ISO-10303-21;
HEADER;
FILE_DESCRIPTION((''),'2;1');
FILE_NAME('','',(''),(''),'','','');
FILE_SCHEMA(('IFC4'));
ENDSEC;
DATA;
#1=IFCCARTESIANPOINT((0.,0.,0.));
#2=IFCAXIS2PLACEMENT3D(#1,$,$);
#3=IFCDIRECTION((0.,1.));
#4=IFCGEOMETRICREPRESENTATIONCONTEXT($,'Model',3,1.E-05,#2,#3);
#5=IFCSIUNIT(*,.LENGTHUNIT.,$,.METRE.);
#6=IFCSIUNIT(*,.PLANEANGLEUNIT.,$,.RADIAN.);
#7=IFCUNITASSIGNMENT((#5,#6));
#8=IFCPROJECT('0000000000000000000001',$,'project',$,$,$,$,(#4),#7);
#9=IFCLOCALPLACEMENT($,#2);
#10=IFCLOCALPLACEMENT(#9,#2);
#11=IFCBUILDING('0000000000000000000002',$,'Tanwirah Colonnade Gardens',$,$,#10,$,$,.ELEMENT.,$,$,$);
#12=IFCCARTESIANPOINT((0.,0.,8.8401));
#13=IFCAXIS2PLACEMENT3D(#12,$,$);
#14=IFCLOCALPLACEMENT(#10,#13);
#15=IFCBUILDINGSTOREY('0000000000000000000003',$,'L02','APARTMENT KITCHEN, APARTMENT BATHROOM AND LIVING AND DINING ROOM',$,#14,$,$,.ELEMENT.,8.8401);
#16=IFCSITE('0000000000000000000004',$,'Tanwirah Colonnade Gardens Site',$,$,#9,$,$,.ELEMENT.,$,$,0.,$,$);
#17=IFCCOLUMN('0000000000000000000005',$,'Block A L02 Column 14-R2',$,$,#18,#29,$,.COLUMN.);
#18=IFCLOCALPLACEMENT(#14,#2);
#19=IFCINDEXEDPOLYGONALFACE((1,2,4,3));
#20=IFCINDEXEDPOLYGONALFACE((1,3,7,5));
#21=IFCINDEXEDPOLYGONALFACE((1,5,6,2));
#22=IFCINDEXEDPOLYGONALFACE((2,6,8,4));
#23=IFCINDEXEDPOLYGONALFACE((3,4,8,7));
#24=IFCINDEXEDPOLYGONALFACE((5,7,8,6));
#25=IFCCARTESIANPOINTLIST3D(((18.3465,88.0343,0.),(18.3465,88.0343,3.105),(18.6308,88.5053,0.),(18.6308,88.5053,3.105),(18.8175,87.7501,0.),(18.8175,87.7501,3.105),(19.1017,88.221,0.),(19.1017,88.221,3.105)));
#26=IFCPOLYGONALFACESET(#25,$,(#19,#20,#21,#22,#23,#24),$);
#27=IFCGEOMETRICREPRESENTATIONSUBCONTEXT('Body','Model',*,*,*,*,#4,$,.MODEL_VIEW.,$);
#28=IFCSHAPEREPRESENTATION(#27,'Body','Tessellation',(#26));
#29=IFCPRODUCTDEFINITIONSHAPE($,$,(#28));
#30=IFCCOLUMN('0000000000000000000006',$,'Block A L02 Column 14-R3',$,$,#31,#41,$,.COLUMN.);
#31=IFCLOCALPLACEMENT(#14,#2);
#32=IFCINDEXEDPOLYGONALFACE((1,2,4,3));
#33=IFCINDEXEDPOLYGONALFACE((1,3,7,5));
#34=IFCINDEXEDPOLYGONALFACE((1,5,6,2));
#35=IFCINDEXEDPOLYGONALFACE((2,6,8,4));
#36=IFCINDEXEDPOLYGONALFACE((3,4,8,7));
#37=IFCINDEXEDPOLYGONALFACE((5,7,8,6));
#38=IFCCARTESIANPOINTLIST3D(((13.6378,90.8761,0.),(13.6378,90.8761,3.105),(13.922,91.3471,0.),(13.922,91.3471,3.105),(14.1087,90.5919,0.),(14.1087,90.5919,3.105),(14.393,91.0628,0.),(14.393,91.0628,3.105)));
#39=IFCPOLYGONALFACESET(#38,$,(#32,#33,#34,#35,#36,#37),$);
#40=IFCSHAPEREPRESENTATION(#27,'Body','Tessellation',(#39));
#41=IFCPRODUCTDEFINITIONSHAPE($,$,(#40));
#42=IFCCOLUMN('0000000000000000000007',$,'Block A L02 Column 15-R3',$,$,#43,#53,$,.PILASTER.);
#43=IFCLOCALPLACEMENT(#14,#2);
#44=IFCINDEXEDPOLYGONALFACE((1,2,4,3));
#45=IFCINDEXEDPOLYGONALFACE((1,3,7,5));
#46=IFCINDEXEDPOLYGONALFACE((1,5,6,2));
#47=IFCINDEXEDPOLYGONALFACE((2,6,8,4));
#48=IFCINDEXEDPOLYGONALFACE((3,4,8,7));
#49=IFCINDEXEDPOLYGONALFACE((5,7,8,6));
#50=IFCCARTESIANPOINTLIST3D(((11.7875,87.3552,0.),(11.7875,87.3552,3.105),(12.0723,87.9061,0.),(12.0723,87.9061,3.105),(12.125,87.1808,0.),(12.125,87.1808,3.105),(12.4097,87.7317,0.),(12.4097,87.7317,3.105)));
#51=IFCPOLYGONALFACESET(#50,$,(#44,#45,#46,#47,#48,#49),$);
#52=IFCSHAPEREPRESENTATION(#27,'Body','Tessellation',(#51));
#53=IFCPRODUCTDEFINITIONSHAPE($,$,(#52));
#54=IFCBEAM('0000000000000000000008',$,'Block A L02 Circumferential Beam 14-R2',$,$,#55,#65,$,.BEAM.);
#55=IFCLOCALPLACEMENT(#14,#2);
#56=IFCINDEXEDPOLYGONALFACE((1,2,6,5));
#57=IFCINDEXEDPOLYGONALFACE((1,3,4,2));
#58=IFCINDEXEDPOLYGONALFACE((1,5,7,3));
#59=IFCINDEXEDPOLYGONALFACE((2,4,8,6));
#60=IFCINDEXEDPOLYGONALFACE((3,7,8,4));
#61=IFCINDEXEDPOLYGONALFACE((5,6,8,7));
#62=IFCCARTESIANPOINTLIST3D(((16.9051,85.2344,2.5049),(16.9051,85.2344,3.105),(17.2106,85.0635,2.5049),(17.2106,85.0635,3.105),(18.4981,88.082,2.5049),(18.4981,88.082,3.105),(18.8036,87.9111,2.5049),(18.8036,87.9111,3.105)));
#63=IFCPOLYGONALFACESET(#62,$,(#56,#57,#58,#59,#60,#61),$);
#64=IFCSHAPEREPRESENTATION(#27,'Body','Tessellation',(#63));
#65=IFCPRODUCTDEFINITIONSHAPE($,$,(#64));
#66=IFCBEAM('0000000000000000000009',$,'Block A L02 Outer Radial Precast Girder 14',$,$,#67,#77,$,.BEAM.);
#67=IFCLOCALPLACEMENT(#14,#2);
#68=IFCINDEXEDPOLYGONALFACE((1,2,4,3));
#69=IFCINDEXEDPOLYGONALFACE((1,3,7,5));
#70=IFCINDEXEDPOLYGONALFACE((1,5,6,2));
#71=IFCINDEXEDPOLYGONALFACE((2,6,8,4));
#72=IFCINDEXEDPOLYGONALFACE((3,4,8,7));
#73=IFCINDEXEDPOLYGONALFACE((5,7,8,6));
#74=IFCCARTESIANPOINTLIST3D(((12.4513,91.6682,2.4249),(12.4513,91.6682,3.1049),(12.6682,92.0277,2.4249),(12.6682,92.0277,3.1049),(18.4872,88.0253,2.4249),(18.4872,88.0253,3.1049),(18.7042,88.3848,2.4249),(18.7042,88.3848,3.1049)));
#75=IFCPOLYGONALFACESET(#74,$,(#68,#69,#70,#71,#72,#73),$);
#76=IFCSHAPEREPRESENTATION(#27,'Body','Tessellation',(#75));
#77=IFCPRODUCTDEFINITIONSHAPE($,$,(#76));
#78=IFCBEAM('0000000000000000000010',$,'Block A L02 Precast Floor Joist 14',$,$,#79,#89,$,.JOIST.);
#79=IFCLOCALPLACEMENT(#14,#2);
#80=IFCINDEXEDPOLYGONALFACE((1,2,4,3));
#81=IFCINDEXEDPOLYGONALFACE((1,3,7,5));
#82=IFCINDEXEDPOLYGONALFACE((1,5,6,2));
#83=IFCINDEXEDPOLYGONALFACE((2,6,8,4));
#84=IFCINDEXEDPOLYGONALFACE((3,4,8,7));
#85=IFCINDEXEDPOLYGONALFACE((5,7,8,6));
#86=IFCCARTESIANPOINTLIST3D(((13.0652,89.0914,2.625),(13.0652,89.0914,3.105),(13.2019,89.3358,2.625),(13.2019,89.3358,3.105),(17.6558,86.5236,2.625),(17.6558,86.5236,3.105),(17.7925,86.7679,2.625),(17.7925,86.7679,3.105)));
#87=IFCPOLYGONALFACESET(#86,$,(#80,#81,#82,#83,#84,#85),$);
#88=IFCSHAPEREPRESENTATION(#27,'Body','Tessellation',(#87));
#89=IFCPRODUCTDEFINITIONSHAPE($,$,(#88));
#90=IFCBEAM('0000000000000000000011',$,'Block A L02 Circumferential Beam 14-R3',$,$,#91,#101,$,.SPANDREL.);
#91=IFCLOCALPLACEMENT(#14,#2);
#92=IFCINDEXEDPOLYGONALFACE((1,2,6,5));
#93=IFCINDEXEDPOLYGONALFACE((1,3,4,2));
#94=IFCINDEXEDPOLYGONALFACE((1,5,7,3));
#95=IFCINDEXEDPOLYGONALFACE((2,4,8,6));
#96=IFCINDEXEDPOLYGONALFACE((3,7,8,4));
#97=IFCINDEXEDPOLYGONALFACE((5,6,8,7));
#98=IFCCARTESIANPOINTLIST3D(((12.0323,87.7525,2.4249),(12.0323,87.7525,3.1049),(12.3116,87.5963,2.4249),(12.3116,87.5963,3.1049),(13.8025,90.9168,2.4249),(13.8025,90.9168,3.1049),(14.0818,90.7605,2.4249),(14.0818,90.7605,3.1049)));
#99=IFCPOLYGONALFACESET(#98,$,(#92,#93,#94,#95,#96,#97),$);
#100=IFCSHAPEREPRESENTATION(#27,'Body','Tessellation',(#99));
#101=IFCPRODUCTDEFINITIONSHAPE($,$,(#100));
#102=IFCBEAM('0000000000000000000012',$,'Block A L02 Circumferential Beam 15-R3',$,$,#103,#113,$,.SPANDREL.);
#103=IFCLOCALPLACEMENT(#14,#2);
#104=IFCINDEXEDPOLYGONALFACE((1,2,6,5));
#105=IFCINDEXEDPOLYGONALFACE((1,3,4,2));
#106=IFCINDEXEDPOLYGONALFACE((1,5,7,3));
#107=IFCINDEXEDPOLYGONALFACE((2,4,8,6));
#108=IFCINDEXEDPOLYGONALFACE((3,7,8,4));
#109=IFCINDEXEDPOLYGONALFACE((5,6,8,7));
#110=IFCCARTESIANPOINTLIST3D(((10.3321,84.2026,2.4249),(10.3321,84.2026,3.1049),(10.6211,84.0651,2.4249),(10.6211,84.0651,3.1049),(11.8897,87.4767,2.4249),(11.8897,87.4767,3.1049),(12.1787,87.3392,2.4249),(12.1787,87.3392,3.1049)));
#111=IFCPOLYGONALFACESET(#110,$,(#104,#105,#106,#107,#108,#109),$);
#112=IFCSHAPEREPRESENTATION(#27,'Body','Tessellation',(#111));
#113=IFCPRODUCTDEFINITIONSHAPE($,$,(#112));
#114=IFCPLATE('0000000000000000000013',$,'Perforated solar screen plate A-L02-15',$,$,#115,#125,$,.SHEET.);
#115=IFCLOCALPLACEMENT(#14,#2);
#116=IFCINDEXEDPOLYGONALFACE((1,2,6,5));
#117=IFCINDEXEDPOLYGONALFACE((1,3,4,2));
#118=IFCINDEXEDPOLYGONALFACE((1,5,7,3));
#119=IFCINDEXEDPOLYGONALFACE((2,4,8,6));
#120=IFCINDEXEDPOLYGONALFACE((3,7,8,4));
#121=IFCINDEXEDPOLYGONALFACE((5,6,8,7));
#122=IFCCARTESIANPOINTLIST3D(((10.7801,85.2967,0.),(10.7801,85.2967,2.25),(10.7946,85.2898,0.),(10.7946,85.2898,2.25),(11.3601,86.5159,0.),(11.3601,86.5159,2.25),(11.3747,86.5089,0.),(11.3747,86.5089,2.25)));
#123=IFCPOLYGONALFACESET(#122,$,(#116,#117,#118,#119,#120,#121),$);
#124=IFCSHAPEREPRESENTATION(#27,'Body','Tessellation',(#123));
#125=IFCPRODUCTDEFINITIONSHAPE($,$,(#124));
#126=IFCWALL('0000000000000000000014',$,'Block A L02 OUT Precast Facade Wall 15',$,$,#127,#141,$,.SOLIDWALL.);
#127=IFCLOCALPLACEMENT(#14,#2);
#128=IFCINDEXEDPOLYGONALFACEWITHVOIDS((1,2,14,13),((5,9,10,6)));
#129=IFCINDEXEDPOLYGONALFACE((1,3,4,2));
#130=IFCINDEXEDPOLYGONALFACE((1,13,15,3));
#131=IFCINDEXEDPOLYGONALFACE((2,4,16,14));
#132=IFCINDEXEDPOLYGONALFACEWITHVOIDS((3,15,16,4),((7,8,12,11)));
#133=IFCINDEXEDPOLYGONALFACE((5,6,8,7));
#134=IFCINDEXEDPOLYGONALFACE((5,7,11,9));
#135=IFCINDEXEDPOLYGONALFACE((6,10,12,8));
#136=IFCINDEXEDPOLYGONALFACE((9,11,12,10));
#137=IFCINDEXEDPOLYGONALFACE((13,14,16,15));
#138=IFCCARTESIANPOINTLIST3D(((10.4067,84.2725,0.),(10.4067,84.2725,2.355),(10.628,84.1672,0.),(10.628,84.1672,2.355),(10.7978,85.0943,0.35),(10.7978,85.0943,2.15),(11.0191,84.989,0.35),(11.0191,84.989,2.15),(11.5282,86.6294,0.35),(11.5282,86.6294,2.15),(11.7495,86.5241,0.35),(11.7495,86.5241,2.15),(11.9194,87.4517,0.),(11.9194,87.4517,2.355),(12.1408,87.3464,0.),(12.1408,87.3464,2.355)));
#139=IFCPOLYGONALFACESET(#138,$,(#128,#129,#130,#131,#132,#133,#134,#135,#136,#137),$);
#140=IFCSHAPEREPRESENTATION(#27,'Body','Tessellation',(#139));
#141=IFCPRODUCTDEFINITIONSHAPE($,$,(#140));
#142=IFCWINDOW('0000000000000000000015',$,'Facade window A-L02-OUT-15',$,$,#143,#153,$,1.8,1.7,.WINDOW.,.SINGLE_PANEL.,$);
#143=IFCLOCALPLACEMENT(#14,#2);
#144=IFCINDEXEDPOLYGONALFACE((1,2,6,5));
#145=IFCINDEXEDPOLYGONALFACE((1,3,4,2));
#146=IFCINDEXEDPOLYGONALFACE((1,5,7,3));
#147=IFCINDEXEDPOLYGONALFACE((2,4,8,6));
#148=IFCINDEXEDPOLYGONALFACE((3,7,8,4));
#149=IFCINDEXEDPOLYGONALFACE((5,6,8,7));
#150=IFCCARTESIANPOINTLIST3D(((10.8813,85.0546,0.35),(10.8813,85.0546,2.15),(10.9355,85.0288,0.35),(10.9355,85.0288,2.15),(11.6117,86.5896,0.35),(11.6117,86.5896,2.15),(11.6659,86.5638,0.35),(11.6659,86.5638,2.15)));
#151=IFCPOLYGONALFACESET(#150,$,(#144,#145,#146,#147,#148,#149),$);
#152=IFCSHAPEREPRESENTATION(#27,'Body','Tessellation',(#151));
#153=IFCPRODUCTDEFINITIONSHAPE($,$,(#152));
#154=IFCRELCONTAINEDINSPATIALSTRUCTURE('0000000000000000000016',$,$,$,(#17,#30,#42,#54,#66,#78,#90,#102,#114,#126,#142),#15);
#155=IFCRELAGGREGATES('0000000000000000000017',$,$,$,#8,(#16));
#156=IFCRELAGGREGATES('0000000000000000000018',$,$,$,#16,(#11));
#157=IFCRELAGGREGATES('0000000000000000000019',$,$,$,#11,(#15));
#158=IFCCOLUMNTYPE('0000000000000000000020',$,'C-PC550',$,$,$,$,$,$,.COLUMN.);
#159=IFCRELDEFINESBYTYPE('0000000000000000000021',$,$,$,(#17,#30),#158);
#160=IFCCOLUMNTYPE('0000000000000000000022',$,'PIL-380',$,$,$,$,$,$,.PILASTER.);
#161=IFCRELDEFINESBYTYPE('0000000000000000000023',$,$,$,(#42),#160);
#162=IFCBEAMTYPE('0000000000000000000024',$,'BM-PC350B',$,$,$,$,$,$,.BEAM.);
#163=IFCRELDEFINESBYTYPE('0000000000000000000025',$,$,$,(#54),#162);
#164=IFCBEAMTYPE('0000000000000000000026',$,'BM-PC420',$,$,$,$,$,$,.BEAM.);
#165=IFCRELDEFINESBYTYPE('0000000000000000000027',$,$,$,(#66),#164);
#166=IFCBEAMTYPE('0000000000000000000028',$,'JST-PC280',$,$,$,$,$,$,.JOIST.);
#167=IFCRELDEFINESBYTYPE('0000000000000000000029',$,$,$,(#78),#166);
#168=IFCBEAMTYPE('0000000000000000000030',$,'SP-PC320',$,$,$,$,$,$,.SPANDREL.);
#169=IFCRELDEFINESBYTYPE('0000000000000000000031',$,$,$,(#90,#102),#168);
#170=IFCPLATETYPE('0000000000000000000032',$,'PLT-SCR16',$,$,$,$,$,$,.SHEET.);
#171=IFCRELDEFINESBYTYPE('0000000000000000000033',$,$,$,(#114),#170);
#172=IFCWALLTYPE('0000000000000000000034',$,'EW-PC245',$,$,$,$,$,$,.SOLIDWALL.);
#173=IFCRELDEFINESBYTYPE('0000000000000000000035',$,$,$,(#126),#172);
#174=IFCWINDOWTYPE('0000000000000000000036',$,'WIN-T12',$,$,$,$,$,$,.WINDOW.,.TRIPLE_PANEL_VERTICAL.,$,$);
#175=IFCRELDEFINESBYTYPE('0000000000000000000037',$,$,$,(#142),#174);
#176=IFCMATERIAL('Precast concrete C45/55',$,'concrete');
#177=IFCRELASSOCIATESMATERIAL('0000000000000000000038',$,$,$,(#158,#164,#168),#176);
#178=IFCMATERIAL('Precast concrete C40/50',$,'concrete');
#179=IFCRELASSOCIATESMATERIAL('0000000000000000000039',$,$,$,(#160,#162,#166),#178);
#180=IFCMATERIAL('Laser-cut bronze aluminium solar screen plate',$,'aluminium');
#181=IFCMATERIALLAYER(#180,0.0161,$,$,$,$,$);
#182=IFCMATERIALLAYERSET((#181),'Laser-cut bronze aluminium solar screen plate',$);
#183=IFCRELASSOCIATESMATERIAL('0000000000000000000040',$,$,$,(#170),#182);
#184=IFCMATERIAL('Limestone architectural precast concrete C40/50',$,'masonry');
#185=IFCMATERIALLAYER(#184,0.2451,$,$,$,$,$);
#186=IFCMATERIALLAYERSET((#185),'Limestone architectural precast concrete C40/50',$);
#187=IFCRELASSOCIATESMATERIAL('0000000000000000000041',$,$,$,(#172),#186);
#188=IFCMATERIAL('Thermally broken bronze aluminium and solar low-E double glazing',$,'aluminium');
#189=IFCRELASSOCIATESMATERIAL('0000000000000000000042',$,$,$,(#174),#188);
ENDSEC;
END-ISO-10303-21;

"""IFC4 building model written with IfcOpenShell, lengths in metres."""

from ifc_helpers import new_model, si_unit, direction, frame, frame_2d, origin, origin_2d, place, context, subcontext, project, spatial, rectangle, extrude, material, layer, layer_set, material_profile, profile_set, type_object, element, fill, save


model = new_model("IFC4")

# Units and contexts
model_context = context("Model", 3, precision=1e-05, world=origin(), true_north=direction((0.0, 1.0)))
body_context = subcontext(model_context, "Body", "Model", "MODEL_VIEW")
ifc_project = project(units=[si_unit("LENGTHUNIT", "METRE"), si_unit("PLANEANGLEUNIT", "RADIAN")], contexts=[model_context])

# Site, building, storey
site_placement = place(None, origin())
site = spatial("IfcSite", under=ifc_project, at=site_placement, Name="Tanwirah Colonnade Gardens Site", CompositionType="ELEMENT", RefElevation=0.0)
building_placement = place(site_placement, origin())
building = spatial("IfcBuilding", under=site, at=building_placement, Name="Tanwirah Colonnade Gardens", CompositionType="ELEMENT")
storey_placement = place(building_placement, frame((0.0, 0.0, 8.8401)))
storey = spatial("IfcBuildingStorey", under=building, at=storey_placement, Name="L02", Description="APARTMENT KITCHEN, APARTMENT BATHROOM AND LIVING AND DINING ROOM", CompositionType="ELEMENT", Elevation=8.8401)

# Columns
ifc_material_1 = material(Name="Precast concrete C45/55", Category="concrete")
ifc_material_profile_1 = material_profile(ifc_material_1, rectangle(XDim=0.55, YDim=0.55, at=origin_2d()), Name="PC-COL 550x550")
ifc_profile_set_1 = profile_set([ifc_material_profile_1], Name="Precast concrete C45/55")
column_type_1 = type_object("IfcColumnType", Name="C-PC550", PredefinedType="COLUMN", material=ifc_profile_set_1)
for number, where, z_axis, x_axis, name in (
    (1, (18.7241, 88.1277, 0.0), (0.0, 0.0, 1.0), (-0.856167, 0.516699, 0.0), "Block A L02 Column 14-R2"),
    (2, (14.0154, 90.9695, 0.0), (0.0, 0.0, 1.0), (-0.856167, 0.516699, 0.0), "Block A L02 Column 14-R3"),
):
    element("IfcColumn", number, at=place(storey_placement, frame(where, z_axis=z_axis, x_axis=x_axis)), inside=storey, type_object=column_type_1, Name=name, PredefinedType="COLUMN", context=body_context, shape_type="SweptSolid", body=[
        extrude(rectangle(XDim=0.55, YDim=0.55, at=origin_2d()), origin(), (0.0, 0.0, 1.0), 3.105),
    ])
ifc_material_2 = material(Name="Precast concrete C40/50", Category="concrete")
ifc_material_profile_2 = material_profile(ifc_material_2, rectangle(XDim=0.3799, YDim=0.6201, at=origin_2d()), Name="PC-PIL 380x620")
ifc_profile_set_2 = profile_set([ifc_material_profile_2], Name="Precast concrete C40/50")
column_type_2 = type_object("IfcColumnType", Name="PIL-380", PredefinedType="PILASTER", material=ifc_profile_set_2)
column_placement = place(storey_placement, frame((12.0986, 87.5435, 0.0), z_axis=(0.0, 0.0, 1.0), x_axis=(-0.88835, 0.459166, 0.0)))
element("IfcColumn", 3, at=column_placement, inside=storey, type_object=column_type_2, Name="Block A L02 Column 15-R3", PredefinedType="PILASTER", context=body_context, shape_type="SweptSolid", body=[
    extrude(rectangle(XDim=0.3799, YDim=0.6201, at=origin_2d()), origin(), (0.0, 0.0, 1.0), 3.105),
])

# Beams
ifc_material_profile_3 = material_profile(ifc_material_2, rectangle(XDim=0.3501, YDim=0.6001, at=origin_2d()), Name="PC-BM 350x600")
ifc_profile_set_3 = profile_set([ifc_material_profile_3], Name="Precast concrete C40/50")
beam_type_1 = type_object("IfcBeamType", Name="BM-PC350B", PredefinedType="BEAM", material=ifc_profile_set_3)
beam_1_placement = place(storey_placement, frame((18.6509, 87.9966, 2.8049), z_axis=(-0.488214, -0.872724, 0.0), x_axis=(0.872724, -0.488214, 0.0)))
element("IfcBeam", 4, at=beam_1_placement, inside=storey, type_object=beam_type_1, Name="Block A L02 Circumferential Beam 14-R2", PredefinedType="BEAM", context=body_context, shape_type="SweptSolid", body=[
    extrude(rectangle(XDim=0.3501, YDim=0.6001, at=origin_2d()), origin(), (0.0, 0.0, 1.0), 3.2629),
])
ifc_material_profile_4 = material_profile(ifc_material_1, rectangle(XDim=0.4199, YDim=0.6799, at=origin_2d()), Name="PC-BM 420x680")
ifc_profile_set_4 = profile_set([ifc_material_profile_4], Name="Precast concrete C45/55")
beam_type_2 = type_object("IfcBeamType", Name="BM-PC420", PredefinedType="BEAM", material=ifc_profile_set_4)
beam_2_placement = place(storey_placement, frame((18.5957, 88.2051, 2.7649), z_axis=(-0.856158, 0.516714, 0.0), x_axis=(-0.516714, -0.856158, 0.0)))
element("IfcBeam", 5, at=beam_2_placement, inside=storey, type_object=beam_type_2, Name="Block A L02 Outer Radial Precast Girder 14", PredefinedType="BEAM", context=body_context, shape_type="SweptSolid", body=[
    extrude(rectangle(XDim=0.4199, YDim=0.6799, at=origin_2d()), origin(), (0.0, 0.0, 1.0), 7.05),
])
ifc_material_profile_5 = material_profile(ifc_material_2, rectangle(XDim=0.28, YDim=0.48, at=origin_2d()), Name="PC-JST 280x480")
ifc_profile_set_5 = profile_set([ifc_material_profile_5], Name="Precast concrete C40/50")
beam_type_3 = type_object("IfcBeamType", Name="JST-PC280", PredefinedType="JOIST", material=ifc_profile_set_5)
beam_3_placement = place(storey_placement, frame((17.7241, 86.6458, 2.865), z_axis=(-0.872737, 0.488191, 0.0), x_axis=(-0.488191, -0.872737, 0.0)))
element("IfcBeam", 6, at=beam_3_placement, inside=storey, type_object=beam_type_3, Name="Block A L02 Precast Floor Joist 14", PredefinedType="JOIST", context=body_context, shape_type="SweptSolid", body=[
    extrude(rectangle(XDim=0.28, YDim=0.48, at=origin_2d()), origin(), (0.0, 0.0, 1.0), 5.26),
])
ifc_material_profile_6 = material_profile(ifc_material_1, rectangle(XDim=0.3201, YDim=0.6799, at=origin_2d()), Name="PC-SP 320x680")
ifc_profile_set_6 = profile_set([ifc_material_profile_6], Name="Precast concrete C45/55")
beam_type_4 = type_object("IfcBeamType", Name="SP-PC320", PredefinedType="SPANDREL", material=ifc_profile_set_6)
for number, where, z_axis, x_axis, name in (
    (7, (13.9421, 90.8386, 2.7649), (-0.488236, -0.872711, 0.0), (0.872711, -0.488236, 0.0), "Block A L02 Circumferential Beam 14-R3"),
    (8, (12.0342, 87.408, 2.7649), (-0.429594, -0.903022, 0.0), (0.903022, -0.429594, 0.0), "Block A L02 Circumferential Beam 15-R3"),
):
    element("IfcBeam", number, at=place(storey_placement, frame(where, z_axis=z_axis, x_axis=x_axis)), inside=storey, type_object=beam_type_4, Name=name, PredefinedType="SPANDREL", context=body_context, shape_type="SweptSolid", body=[
        extrude(rectangle(XDim=0.3201, YDim=0.6799, at=origin_2d()), origin(), (0.0, 0.0, 1.0), 3.6257),
    ])

# Plate
ifc_material_3 = material(Name="Laser-cut bronze aluminium solar screen plate", Category="aluminium")
ifc_layer_1 = layer(ifc_material_3, 0.0161)
ifc_layer_set_1 = layer_set([ifc_layer_1], Name="Laser-cut bronze aluminium solar screen plate")
plate_type = type_object("IfcPlateType", Name="PLT-SCR16", PredefinedType="SHEET", material=ifc_layer_set_1)
plate_placement = place(storey_placement, frame((11.0774, 85.9028, 0.0), z_axis=(0.0, 0.0, 1.0), x_axis=(-0.429636, -0.903002, 0.0)))
element("IfcPlate", 9, at=plate_placement, inside=storey, type_object=plate_type, Name="Perforated solar screen plate A-L02-15", PredefinedType="SHEET", context=body_context, shape_type="SweptSolid", body=[
    extrude(rectangle(XDim=1.3501, YDim=0.0161, at=origin_2d()), origin(), (0.0, 0.0, 1.0), 2.25),
])

# Shared definitions
ifc_material_4 = material(Name="Limestone architectural precast concrete C40/50", Category="masonry")
ifc_layer_2 = layer(ifc_material_4, 0.2451)
ifc_layer_set_2 = layer_set([ifc_layer_2], Name="Limestone architectural precast concrete C40/50")
wall_type_1 = type_object("IfcWallType", Name="EW-PC245", PredefinedType="SOLIDWALL", material=ifc_layer_set_2)

# Wall, opening, window
wall_1_placement = place(storey_placement, frame((12.03, 87.3989, 0.0), z_axis=(0.0, 0.0, 1.0), x_axis=(-0.429654, -0.902994, 0.0)))
wall_1 = element("IfcWall", 10, at=wall_1_placement, inside=storey, type_object=wall_type_1, Name="Block A L02 OUT Precast Facade Wall 15", PredefinedType="SOLIDWALL", context=body_context, shape_type="SweptSolid", body=[
    extrude(rectangle(XDim=3.5208, YDim=0.2451, at=frame_2d((1.7603, 0.0))), origin(), (0.0, 0.0, 1.0), 2.355),
])
opening_1_placement = place(wall_1_placement, frame((0.9104, 0.0, 0.3501)))
opening_1 = element("IfcOpeningElement", 11, at=opening_1_placement, cuts=wall_1, PredefinedType="OPENING", context=body_context, shape_type="SweptSolid", body=[
    extrude(rectangle(XDim=1.7, YDim=1.8, at=frame_2d((0.8501, 0.8999))), frame((0.0, 0.1326, 0.0), z_axis=(0.0, -1.0, 0.0), x_axis=(1.0, 0.0, 0.0)), (0.0, 0.0, 1.0), 0.2651),
])
ifc_material_5 = material(Name="Thermally broken bronze aluminium and solar low-E double glazing", Category="aluminium")
window_type = type_object("IfcWindowType", Name="WIN-T12", PartitioningType="TRIPLE_PANEL_VERTICAL", PredefinedType="WINDOW", material=ifc_material_5)
window_placement = place(opening_1_placement, origin())
window = element("IfcWindow", 12, at=window_placement, inside=storey, type_object=window_type, Name="Facade window A-L02-OUT-15", OverallHeight=1.8, OverallWidth=1.7, PartitioningType="SINGLE_PANEL", PredefinedType="WINDOW", context=body_context, shape_type="SweptSolid", body=[
    extrude(rectangle(XDim=1.7, YDim=1.8, at=frame_2d((0.8501, 0.8999))), frame((0.0, 0.03, 0.0), z_axis=(0.0, -1.0, 0.0), x_axis=(1.0, 0.0, 0.0)), (0.0, 0.0, 1.0), 0.0601),
])
fill(opening_1, window)

save(model, "model.ifc")
